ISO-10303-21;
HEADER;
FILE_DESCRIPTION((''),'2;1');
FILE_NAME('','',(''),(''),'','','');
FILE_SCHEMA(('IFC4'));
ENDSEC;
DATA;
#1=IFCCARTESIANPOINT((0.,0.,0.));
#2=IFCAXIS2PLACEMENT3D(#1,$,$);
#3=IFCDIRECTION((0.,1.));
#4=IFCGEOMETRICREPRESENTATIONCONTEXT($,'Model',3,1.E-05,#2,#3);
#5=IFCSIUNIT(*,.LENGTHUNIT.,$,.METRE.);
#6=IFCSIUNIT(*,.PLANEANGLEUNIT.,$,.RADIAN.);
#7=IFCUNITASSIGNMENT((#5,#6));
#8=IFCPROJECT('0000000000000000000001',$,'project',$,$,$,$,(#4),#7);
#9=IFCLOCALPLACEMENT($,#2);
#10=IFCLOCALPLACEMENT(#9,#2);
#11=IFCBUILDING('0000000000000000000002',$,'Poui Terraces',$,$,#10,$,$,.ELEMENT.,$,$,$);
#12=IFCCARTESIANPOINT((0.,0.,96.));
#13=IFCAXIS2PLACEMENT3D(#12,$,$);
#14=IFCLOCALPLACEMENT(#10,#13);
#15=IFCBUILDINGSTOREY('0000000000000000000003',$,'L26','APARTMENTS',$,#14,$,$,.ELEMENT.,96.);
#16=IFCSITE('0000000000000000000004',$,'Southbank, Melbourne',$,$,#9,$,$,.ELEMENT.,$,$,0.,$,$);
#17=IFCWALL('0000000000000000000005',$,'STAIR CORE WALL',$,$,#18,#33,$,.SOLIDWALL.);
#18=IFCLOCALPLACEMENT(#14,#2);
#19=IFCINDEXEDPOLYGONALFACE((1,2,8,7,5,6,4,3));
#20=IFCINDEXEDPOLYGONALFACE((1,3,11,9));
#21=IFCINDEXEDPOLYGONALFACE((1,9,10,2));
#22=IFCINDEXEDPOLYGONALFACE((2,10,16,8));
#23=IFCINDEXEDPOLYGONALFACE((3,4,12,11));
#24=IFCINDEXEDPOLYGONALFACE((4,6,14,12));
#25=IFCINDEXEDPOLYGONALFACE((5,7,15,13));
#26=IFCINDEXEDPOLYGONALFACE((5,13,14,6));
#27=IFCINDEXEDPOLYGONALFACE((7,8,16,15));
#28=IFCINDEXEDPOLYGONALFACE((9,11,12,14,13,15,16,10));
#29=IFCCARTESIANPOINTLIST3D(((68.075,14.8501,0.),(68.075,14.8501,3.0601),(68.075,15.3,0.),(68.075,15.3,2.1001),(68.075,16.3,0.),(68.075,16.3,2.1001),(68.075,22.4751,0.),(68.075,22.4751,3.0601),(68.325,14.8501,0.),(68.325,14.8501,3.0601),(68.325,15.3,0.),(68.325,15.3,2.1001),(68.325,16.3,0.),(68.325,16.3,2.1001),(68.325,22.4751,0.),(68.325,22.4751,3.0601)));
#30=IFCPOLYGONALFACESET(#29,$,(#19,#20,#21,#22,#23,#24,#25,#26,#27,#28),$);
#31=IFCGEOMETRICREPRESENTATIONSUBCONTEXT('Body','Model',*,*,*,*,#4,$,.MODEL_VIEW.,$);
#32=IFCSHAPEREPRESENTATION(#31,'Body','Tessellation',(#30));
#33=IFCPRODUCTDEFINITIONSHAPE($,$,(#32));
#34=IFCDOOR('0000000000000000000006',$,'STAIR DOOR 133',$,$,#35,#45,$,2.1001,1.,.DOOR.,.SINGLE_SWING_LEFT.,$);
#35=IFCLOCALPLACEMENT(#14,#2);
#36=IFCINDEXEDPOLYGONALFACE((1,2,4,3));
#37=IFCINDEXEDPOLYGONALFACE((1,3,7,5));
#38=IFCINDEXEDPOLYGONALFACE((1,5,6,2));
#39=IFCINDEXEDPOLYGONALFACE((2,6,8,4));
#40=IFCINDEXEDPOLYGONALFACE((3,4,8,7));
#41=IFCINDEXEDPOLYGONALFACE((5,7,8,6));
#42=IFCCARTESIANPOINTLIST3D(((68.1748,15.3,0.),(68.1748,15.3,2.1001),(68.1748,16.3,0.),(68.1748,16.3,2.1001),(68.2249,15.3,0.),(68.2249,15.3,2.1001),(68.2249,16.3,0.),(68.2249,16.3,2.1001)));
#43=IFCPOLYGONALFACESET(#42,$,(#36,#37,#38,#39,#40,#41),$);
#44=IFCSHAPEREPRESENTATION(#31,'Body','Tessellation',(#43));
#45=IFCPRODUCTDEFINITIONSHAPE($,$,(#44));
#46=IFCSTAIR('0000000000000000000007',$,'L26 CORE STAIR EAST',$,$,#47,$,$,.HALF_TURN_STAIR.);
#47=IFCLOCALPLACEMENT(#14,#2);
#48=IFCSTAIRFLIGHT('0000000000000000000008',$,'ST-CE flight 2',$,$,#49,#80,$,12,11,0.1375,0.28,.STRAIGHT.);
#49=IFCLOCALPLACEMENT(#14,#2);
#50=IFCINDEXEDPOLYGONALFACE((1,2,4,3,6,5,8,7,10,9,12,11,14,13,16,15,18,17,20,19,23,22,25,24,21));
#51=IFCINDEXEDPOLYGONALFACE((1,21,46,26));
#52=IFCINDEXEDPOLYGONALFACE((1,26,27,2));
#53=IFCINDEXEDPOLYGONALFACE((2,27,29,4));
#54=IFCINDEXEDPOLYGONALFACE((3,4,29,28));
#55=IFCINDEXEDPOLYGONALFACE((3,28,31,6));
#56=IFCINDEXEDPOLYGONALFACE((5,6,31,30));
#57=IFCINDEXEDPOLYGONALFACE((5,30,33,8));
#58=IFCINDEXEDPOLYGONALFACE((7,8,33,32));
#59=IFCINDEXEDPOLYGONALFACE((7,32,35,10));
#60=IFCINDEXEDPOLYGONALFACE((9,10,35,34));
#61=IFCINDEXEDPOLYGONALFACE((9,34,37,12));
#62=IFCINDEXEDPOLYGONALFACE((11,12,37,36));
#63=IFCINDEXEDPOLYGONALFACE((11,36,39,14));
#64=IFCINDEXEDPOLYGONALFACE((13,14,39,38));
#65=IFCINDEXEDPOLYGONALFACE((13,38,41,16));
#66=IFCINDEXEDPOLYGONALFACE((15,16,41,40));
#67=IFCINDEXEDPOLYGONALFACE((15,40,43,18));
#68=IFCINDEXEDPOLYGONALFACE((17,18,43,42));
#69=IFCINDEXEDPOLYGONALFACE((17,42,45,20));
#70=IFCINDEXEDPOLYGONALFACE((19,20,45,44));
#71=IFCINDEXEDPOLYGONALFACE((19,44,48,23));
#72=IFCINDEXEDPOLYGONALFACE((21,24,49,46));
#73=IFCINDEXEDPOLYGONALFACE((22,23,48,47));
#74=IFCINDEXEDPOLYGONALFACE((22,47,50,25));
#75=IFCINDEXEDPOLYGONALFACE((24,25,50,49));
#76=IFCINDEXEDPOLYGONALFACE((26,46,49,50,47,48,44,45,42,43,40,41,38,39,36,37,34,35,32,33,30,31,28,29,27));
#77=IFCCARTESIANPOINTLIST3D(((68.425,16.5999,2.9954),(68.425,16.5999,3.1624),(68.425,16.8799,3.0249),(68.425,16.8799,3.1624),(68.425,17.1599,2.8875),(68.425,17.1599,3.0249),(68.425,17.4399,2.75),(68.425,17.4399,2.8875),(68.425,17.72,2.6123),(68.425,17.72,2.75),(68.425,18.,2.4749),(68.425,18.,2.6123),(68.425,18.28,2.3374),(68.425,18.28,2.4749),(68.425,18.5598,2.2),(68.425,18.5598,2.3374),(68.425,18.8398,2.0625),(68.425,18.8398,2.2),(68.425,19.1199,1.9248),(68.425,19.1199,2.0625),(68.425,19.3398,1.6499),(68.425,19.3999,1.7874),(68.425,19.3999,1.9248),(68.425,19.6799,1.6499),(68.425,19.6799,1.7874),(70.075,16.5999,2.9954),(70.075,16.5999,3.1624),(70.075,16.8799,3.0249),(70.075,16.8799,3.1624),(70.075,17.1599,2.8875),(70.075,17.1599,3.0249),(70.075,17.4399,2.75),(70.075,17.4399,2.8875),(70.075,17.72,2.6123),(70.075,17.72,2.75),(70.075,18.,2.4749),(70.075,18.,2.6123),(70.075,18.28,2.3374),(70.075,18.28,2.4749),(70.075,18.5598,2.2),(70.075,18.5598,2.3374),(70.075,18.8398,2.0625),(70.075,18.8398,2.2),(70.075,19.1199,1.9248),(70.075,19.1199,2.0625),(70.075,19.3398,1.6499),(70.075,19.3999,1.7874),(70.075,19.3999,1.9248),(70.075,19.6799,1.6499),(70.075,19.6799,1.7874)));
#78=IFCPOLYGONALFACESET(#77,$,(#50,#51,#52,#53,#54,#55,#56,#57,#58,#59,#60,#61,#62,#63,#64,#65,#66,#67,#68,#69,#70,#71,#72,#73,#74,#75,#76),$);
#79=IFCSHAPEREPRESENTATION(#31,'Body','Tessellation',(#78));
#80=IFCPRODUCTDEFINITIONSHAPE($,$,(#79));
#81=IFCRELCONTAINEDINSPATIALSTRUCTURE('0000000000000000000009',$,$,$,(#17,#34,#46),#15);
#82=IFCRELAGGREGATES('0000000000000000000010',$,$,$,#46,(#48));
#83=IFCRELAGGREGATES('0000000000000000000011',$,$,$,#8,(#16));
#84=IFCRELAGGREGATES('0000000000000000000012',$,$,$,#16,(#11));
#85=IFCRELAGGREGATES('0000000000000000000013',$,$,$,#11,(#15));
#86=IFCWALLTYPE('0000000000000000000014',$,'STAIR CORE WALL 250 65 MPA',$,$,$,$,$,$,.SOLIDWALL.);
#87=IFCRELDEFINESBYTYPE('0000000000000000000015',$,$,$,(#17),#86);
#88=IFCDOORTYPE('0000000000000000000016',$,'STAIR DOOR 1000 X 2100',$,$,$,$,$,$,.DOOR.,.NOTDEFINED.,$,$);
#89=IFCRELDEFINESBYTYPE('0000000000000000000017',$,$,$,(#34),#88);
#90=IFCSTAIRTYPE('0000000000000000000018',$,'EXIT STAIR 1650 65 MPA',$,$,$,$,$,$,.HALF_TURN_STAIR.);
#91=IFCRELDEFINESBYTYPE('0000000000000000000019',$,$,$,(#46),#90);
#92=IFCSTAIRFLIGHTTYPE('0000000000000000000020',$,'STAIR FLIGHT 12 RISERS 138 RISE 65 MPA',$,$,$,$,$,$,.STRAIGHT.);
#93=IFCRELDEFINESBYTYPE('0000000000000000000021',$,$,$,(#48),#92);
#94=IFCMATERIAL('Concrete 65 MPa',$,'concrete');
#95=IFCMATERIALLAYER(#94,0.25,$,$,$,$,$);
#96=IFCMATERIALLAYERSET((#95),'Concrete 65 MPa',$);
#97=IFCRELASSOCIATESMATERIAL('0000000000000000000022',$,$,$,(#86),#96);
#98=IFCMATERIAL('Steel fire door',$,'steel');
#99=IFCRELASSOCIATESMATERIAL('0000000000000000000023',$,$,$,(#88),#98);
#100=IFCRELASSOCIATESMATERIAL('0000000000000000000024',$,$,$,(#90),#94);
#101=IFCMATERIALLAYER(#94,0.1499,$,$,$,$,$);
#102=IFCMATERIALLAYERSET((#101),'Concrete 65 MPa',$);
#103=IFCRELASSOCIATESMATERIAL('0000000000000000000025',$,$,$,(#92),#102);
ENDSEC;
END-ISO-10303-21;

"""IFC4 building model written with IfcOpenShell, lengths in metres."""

from ifc_helpers import new_model, si_unit, direction, frame, frame_2d, origin, place, context, subcontext, project, spatial, polyline, rectangle, outline, extrude, material, layer, layer_set, type_object, element, fill, aggregate, save


model = new_model("IFC4")

# Units and contexts
model_context = context("Model", 3, precision=1e-05, world=origin(), true_north=direction((0.0, 1.0)))
body_context = subcontext(model_context, "Body", "Model", "MODEL_VIEW")
ifc_project = project(units=[si_unit("LENGTHUNIT", "METRE"), si_unit("PLANEANGLEUNIT", "RADIAN")], contexts=[model_context])

# Site, building, storey
site_placement = place(None, origin())
site = spatial("IfcSite", under=ifc_project, at=site_placement, Name="Southbank, Melbourne", CompositionType="ELEMENT", RefElevation=0.0)
building_placement = place(site_placement, origin())
building = spatial("IfcBuilding", under=site, at=building_placement, Name="Poui Terraces", CompositionType="ELEMENT")
storey_placement = place(building_placement, frame((0.0, 0.0, 96.0)))
storey = spatial("IfcBuildingStorey", under=building, at=storey_placement, Name="L26", Description="APARTMENTS", CompositionType="ELEMENT", Elevation=96.0)

# Shared definitions
ifc_material_1 = material(Name="Concrete 65 MPa", Category="concrete")

# Shared definitions
ifc_material_2 = material(Name="Steel fire door", Category="steel")

# Wall, opening, door
ifc_layer_1 = layer(ifc_material_1, 0.25)
ifc_layer_set_1 = layer_set([ifc_layer_1], Name="Concrete 65 MPa")
wall_type_1 = type_object("IfcWallType", Name="STAIR CORE WALL 250 65 MPA", PredefinedType="SOLIDWALL", material=ifc_layer_set_1)
wall_1_placement = place(storey_placement, frame((68.2, 14.8501, 0.0), z_axis=(0.0, 0.0, 1.0), x_axis=(0.0, 1.0, 0.0)))
wall_1 = element("IfcWall", 1, at=wall_1_placement, inside=storey, type_object=wall_type_1, Name="STAIR CORE WALL", PredefinedType="SOLIDWALL", context=body_context, shape_type="SweptSolid", body=[
    extrude(rectangle(XDim=7.625, YDim=0.25, at=frame_2d((3.8125, 0.0))), origin(), (0.0, 0.0, 1.0), 3.0601),
])
opening_1_placement = place(wall_1_placement, frame((0.45, 0.0, 0.0)))
opening_1 = element("IfcOpeningElement", 2, at=opening_1_placement, cuts=wall_1, PredefinedType="OPENING", context=body_context, shape_type="SweptSolid", body=[
    extrude(rectangle(XDim=1.0, YDim=2.1001, at=frame_2d((0.5, 1.05))), frame((0.0, 0.135, 0.0), z_axis=(0.0, -1.0, 0.0), x_axis=(1.0, 0.0, 0.0)), (0.0, 0.0, 1.0), 0.27),
])
door_type_1 = type_object("IfcDoorType", Name="STAIR DOOR 1000 X 2100", OperationType="NOTDEFINED", PredefinedType="DOOR", material=ifc_material_2)
door_1_placement = place(opening_1_placement, frame((1.0, 0.0, 0.0), z_axis=(0.0, 0.0, 1.0), x_axis=(-1.0, 0.0, 0.0)))
door_1 = element("IfcDoor", 3, at=door_1_placement, inside=storey, type_object=door_type_1, Name="STAIR DOOR 133", OperationType="SINGLE_SWING_LEFT", OverallHeight=2.1001, OverallWidth=1.0, PredefinedType="DOOR", context=body_context, shape_type="SweptSolid", body=[
    extrude(rectangle(XDim=1.0, YDim=2.1001, at=frame_2d((0.5, 1.05))), frame((0.0, 0.0249, 0.0), z_axis=(0.0, -1.0, 0.0), x_axis=(1.0, 0.0, 0.0)), (0.0, 0.0, 1.0), 0.05),
])
fill(opening_1, door_1)

# Stair, stair flight
stair_type = type_object("IfcStairType", Name="EXIT STAIR 1650 65 MPA", PredefinedType="HALF_TURN_STAIR", material=ifc_material_1)
stair_placement = place(storey_placement, origin())
stair = element("IfcStair", 4, at=stair_placement, inside=storey, type_object=stair_type, Name="L26 CORE STAIR EAST", PredefinedType="HALF_TURN_STAIR")
ifc_layer_2 = layer(ifc_material_1, 0.1499)
ifc_layer_set_2 = layer_set([ifc_layer_2], Name="Concrete 65 MPa")
stair_flight_type = type_object("IfcStairFlightType", Name="STAIR FLIGHT 12 RISERS 138 RISE 65 MPA", PredefinedType="STRAIGHT", material=ifc_layer_set_2)
stair_flight_placement = place(storey_placement, frame((69.25, 19.6799, 1.6499), z_axis=(0.0, 0.0, 1.0), x_axis=(0.0, -1.0, 0.0)))
stair_flight = element("IfcStairFlight", 5, at=stair_flight_placement, type_object=stair_flight_type, Name="ST-CE flight 2", NumberOfRisers=12, NumberOfTreads=11, PredefinedType="STRAIGHT", RiserHeight=0.1375, TreadLength=0.28, context=body_context, shape_type="SweptSolid", body=[
    extrude(outline(polyline([(0.0, 0.0), (0.0, 0.1375), (0.28, 0.1375), (0.28, 0.2749), (0.5601, 0.2749), (0.5601, 0.4126), (0.8401, 0.4126), (0.8401, 0.55), (1.1201, 0.55), (1.1201, 0.6875), (1.3999, 0.6875), (1.3999, 0.825), (1.6799, 0.825), (1.6799, 0.9624), (1.96, 0.9624), (1.96, 1.1001), (2.24, 1.1001), (2.24, 1.2375), (2.52, 1.2375), (2.52, 1.375), (2.8, 1.375), (2.8, 1.5125), (3.0801, 1.5125), (3.0801, 1.6499), (3.0801, 1.3455), (0.3401, 0.0), (0.0, 0.0)])), frame((0.0, 0.825, 0.0), z_axis=(0.0, -1.0, 0.0), x_axis=(1.0, 0.0, 0.0)), (0.0, 0.0, 1.0), 1.6499),
])
aggregate(stair, [stair_flight])

save(model, "model.ifc")
